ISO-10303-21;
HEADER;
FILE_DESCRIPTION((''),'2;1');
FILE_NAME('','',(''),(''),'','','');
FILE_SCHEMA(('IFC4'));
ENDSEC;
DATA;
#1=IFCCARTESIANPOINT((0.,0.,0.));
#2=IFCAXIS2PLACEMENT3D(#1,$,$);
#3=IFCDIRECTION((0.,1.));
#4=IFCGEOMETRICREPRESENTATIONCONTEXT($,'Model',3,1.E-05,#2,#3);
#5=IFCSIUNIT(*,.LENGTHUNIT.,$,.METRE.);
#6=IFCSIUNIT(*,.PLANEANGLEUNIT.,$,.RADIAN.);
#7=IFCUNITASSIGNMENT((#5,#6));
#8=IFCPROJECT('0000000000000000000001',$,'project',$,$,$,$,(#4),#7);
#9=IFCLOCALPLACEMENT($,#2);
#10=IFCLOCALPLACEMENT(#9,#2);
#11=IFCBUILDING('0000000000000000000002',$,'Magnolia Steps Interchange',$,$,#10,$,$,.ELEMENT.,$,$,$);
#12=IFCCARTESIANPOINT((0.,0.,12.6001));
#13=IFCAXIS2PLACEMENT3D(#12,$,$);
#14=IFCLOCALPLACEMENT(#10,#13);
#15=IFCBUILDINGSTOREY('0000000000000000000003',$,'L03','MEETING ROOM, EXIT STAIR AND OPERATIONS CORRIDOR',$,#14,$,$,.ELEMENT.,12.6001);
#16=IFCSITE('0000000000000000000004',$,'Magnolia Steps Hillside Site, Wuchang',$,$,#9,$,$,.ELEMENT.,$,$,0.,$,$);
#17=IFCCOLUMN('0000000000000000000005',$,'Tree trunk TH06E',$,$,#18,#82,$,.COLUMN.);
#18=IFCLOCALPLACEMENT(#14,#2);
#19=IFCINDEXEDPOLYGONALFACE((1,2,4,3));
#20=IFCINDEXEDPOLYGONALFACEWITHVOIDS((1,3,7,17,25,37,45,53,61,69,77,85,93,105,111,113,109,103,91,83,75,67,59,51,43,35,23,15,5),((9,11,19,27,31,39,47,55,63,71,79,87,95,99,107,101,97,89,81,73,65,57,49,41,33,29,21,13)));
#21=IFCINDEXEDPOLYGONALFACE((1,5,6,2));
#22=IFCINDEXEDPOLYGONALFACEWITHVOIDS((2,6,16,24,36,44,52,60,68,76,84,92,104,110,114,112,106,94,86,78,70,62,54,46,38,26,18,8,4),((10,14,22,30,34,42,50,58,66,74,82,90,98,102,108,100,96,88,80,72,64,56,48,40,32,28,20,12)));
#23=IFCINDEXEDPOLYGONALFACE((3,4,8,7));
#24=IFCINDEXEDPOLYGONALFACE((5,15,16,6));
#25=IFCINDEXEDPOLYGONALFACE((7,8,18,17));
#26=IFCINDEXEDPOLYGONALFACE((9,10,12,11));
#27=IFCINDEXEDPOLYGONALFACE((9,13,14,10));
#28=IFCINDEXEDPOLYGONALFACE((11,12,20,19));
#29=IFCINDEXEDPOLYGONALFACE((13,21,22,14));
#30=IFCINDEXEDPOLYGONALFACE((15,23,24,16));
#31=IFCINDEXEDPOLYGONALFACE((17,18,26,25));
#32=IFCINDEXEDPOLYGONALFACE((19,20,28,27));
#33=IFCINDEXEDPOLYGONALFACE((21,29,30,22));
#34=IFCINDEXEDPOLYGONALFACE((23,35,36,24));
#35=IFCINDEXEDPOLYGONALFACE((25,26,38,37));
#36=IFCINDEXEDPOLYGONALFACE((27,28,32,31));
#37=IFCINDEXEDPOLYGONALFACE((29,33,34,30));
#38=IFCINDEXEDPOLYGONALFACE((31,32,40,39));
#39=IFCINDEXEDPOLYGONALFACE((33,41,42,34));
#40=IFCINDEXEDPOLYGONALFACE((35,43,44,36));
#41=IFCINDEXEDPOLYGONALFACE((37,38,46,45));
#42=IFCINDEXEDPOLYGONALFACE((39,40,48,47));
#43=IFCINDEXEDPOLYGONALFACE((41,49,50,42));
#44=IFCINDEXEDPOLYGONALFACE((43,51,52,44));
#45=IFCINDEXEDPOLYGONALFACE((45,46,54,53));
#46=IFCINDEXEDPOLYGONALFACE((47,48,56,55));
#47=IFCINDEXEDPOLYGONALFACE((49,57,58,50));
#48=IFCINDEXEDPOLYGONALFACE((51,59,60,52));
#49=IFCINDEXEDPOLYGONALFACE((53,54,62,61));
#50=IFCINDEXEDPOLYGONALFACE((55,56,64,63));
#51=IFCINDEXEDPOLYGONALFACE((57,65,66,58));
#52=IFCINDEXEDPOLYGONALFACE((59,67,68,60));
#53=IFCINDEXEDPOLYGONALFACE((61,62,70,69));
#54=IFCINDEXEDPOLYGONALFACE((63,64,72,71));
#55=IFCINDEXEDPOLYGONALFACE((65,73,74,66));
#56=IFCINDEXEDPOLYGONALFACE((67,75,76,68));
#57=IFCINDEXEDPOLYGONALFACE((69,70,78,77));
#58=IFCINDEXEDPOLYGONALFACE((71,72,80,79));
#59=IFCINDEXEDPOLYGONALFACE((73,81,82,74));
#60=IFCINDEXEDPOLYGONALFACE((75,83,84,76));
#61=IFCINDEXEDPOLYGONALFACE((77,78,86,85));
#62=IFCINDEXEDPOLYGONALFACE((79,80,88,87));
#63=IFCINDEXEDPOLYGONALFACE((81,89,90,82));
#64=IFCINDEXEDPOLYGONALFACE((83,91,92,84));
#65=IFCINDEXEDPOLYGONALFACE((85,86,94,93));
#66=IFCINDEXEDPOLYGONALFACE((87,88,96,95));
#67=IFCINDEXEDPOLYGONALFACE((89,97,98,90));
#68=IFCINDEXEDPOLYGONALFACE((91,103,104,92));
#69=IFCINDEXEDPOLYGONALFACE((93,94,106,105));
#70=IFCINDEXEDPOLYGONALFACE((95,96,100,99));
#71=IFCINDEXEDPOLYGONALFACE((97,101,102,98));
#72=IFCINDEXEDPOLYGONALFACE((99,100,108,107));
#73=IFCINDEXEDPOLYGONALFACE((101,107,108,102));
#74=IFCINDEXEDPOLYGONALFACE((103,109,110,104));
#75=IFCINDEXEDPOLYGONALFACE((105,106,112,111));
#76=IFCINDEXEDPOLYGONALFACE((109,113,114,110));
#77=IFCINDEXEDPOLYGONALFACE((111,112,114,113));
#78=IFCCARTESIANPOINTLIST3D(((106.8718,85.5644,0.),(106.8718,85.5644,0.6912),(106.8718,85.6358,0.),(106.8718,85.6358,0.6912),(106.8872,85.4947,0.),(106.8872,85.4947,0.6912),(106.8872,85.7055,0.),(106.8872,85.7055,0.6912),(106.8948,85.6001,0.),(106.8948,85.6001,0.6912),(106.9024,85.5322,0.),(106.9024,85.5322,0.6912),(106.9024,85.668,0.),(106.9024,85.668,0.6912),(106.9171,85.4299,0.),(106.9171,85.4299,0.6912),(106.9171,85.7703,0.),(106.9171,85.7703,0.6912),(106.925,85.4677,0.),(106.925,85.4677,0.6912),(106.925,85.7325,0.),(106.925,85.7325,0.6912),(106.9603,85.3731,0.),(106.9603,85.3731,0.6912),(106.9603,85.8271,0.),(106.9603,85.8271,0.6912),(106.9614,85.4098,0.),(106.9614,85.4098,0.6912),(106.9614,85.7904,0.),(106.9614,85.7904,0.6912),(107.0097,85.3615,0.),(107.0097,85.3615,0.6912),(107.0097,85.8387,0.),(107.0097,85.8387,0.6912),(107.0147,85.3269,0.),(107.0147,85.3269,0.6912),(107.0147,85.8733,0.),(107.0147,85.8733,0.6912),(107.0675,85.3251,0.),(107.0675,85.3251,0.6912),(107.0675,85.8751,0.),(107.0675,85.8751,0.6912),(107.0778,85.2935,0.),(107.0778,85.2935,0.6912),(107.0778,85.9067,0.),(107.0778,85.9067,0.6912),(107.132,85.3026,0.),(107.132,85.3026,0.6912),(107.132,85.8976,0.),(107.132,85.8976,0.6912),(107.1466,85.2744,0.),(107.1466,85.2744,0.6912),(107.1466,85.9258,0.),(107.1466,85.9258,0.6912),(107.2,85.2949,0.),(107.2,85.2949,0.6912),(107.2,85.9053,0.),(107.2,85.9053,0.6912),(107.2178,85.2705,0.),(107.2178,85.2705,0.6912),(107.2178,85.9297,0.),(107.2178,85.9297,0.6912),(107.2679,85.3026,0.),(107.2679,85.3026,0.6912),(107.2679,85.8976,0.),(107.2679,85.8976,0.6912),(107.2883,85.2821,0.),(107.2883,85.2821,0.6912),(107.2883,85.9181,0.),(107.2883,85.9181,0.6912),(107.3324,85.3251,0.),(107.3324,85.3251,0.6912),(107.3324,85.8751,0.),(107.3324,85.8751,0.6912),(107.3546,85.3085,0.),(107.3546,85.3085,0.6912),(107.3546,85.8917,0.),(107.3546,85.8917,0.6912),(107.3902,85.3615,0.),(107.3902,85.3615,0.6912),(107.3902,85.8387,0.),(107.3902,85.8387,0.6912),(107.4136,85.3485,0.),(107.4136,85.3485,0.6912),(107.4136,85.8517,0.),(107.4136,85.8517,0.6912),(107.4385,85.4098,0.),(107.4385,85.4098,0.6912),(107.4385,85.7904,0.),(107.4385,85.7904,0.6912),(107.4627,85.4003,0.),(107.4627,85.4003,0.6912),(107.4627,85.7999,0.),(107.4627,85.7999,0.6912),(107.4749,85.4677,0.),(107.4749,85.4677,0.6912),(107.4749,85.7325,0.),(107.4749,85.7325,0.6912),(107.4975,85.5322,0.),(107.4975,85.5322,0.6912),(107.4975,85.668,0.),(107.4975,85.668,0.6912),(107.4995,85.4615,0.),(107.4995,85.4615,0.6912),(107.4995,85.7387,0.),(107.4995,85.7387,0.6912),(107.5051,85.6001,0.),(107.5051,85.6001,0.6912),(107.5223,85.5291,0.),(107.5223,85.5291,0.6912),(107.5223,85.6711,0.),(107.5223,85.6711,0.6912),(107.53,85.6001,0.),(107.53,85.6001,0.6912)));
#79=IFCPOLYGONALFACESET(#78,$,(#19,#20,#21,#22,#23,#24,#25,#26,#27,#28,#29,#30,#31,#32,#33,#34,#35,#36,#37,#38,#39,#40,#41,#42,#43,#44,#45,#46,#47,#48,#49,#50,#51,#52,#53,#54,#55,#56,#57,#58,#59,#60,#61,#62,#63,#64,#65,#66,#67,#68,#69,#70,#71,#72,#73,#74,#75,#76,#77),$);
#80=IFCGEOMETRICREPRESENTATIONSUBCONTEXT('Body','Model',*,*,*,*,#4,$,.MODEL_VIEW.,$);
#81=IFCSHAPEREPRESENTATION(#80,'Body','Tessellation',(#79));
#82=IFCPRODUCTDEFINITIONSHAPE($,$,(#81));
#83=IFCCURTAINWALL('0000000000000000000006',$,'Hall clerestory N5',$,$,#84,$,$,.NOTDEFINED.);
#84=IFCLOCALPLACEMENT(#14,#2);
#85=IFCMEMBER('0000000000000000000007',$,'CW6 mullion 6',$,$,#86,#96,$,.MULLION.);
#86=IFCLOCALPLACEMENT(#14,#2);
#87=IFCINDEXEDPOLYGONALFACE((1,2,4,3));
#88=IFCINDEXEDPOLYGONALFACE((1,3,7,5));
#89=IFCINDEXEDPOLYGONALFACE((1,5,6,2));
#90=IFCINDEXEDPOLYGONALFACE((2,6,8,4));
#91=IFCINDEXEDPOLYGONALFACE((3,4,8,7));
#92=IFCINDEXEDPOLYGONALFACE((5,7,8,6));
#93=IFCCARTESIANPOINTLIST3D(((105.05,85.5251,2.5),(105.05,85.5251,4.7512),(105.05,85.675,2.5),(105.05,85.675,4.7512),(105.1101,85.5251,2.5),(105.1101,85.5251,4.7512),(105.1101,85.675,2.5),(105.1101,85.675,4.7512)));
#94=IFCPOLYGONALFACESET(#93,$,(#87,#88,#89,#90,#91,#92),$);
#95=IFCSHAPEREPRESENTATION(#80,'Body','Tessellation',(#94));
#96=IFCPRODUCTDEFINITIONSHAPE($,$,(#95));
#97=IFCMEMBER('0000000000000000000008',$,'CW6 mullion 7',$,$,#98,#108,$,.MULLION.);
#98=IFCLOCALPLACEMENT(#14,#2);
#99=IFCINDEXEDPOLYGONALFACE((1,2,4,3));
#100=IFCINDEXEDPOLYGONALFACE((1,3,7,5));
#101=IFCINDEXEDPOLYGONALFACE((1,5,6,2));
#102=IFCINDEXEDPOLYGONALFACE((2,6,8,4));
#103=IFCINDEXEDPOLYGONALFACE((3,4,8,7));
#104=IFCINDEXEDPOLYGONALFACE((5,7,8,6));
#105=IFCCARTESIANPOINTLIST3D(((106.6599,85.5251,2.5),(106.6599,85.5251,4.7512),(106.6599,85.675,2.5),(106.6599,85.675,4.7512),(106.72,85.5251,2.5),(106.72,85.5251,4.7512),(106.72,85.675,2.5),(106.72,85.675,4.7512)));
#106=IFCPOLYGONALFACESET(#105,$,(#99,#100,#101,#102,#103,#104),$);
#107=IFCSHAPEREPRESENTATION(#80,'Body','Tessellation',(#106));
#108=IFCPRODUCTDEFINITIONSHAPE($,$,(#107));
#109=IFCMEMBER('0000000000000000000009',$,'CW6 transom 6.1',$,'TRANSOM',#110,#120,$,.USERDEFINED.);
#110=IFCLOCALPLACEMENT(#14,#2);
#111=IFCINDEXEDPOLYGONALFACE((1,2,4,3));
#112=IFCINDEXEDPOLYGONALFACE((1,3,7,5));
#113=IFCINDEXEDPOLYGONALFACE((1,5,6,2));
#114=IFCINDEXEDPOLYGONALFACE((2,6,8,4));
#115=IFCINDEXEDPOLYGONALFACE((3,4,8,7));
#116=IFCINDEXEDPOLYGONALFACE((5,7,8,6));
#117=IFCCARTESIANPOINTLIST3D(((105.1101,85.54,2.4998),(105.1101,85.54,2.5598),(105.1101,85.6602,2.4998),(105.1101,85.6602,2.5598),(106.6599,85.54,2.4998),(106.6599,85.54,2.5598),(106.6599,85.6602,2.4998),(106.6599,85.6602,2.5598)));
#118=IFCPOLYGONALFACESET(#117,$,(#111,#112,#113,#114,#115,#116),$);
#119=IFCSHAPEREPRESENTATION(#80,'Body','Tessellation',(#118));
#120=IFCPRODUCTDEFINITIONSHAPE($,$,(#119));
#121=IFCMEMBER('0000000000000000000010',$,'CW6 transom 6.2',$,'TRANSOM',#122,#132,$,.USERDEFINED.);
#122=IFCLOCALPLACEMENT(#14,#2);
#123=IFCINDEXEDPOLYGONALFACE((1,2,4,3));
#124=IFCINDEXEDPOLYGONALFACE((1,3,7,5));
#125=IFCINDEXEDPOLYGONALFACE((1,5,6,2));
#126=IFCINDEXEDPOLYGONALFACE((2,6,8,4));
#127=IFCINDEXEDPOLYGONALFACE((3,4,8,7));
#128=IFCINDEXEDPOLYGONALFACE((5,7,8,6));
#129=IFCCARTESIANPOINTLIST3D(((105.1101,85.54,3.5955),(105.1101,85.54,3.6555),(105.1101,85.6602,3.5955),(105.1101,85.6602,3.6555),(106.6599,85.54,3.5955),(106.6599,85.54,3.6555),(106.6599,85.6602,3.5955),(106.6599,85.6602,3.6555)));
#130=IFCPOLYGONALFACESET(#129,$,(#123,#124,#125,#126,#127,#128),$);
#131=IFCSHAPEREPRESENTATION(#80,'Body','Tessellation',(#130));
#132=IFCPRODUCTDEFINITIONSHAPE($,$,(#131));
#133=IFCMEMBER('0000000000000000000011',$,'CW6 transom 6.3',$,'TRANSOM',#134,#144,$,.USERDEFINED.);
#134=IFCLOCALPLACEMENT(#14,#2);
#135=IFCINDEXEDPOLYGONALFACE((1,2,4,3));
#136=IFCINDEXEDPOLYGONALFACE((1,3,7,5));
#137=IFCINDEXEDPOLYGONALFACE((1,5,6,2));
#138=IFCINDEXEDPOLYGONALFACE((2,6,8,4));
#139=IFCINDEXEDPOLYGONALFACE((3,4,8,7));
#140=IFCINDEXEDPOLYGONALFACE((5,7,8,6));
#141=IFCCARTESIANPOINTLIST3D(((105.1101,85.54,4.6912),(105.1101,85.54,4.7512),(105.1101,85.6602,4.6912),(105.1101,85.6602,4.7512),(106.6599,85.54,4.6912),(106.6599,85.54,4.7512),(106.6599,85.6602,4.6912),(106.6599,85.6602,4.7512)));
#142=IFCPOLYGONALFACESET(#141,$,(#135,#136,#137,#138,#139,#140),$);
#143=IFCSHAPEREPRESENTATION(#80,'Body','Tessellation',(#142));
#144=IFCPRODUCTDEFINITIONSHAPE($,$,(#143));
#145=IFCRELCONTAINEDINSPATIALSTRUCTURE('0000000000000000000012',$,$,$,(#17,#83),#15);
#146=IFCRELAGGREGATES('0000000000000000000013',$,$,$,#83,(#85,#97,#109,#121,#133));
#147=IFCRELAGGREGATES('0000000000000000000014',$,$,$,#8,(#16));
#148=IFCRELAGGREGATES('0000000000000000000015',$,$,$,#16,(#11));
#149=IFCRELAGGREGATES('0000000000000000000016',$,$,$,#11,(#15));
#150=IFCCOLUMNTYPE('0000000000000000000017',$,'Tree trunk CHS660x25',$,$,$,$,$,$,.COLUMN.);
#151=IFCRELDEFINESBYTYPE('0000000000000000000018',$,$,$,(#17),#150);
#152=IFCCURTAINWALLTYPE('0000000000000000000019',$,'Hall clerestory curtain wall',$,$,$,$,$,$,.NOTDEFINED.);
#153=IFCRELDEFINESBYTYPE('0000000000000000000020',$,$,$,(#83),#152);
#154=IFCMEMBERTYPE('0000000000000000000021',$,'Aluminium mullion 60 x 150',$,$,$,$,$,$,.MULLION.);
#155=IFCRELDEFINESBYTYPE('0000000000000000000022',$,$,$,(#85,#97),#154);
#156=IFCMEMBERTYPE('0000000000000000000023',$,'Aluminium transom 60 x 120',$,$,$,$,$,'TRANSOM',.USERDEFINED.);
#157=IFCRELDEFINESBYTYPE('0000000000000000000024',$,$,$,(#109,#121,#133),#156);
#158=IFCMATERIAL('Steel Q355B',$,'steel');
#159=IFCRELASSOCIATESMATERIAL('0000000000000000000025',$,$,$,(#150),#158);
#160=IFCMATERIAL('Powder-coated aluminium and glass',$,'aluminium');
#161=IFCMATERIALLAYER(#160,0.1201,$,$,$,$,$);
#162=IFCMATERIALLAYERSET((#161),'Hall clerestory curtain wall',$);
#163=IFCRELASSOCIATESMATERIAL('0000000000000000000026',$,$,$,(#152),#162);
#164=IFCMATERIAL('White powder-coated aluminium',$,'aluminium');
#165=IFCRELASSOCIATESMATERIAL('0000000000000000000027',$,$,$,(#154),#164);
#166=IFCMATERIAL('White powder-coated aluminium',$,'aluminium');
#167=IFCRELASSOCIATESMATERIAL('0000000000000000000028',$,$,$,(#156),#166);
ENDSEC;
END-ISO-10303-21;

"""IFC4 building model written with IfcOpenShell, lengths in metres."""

from ifc_helpers import new_model, si_unit, direction, frame, origin, origin_2d, place, context, subcontext, project, spatial, rectangle, hollow_circle, extrude, material, layer, layer_set, material_profile, profile_set, type_object, element, aggregate, save


model = new_model("IFC4")

# Units and contexts
model_context = context("Model", 3, precision=1e-05, world=origin(), true_north=direction((0.0, 1.0)))
body_context = subcontext(model_context, "Body", "Model", "MODEL_VIEW")
ifc_project = project(units=[si_unit("LENGTHUNIT", "METRE"), si_unit("PLANEANGLEUNIT", "RADIAN")], contexts=[model_context])

# Site, building, storey
site_placement = place(None, origin())
site = spatial("IfcSite", under=ifc_project, at=site_placement, Name="Magnolia Steps Hillside Site, Wuchang", CompositionType="ELEMENT", RefElevation=0.0)
building_placement = place(site_placement, origin())
building = spatial("IfcBuilding", under=site, at=building_placement, Name="Magnolia Steps Interchange", CompositionType="ELEMENT")
storey_placement = place(building_placement, frame((0.0, 0.0, 12.6001)))
storey = spatial("IfcBuildingStorey", under=building, at=storey_placement, Name="L03", Description="MEETING ROOM, EXIT STAIR AND OPERATIONS CORRIDOR", CompositionType="ELEMENT", Elevation=12.6001)

# Column
ifc_material_1 = material(Name="Steel Q355B", Category="steel")
ifc_material_profile_1 = material_profile(ifc_material_1, hollow_circle(Radius=0.3301, WallThickness=0.0249, at=origin_2d()), Name="CHS660x25")
ifc_profile_set_1 = profile_set([ifc_material_profile_1], Name="Steel Q355B")
column_type = type_object("IfcColumnType", Name="Tree trunk CHS660x25", PredefinedType="COLUMN", material=ifc_profile_set_1)
column_placement = place(storey_placement, frame((107.2, 85.6001, 0.0), z_axis=(0.0, 0.0, 1.0), x_axis=(1.0, 0.0, 0.0)))
element("IfcColumn", 1, at=column_placement, inside=storey, type_object=column_type, Name="Tree trunk TH06E", PredefinedType="COLUMN", context=body_context, shape_type="SweptSolid", body=[
    extrude(hollow_circle(Radius=0.3301, WallThickness=0.0249, at=origin_2d()), origin(), (0.0, 0.0, 1.0), 0.6912),
])

# Curtain wall, members
ifc_material_2 = material(Name="Powder-coated aluminium and glass", Category="aluminium")
ifc_layer_1 = layer(ifc_material_2, 0.1201)
ifc_layer_set_1 = layer_set([ifc_layer_1], Name="Hall clerestory curtain wall")
curtain_wall_type = type_object("IfcCurtainWallType", Name="Hall clerestory curtain wall", PredefinedType="NOTDEFINED", material=ifc_layer_set_1)
curtain_wall_placement = place(storey_placement, origin())
curtain_wall = element("IfcCurtainWall", 2, at=curtain_wall_placement, inside=storey, type_object=curtain_wall_type, Name="Hall clerestory N5", PredefinedType="NOTDEFINED")
ifc_material_3 = material(Name="White powder-coated aluminium", Category="aluminium")
ifc_material_profile_2 = material_profile(ifc_material_3, rectangle(XDim=0.0601, YDim=0.1499, at=origin_2d()), Name="Aluminium mullion 60 x 150")
ifc_profile_set_2 = profile_set([ifc_material_profile_2], Name="White powder-coated aluminium")
member_type_1 = type_object("IfcMemberType", Name="Aluminium mullion 60 x 150", PredefinedType="MULLION", material=ifc_profile_set_2)
member_1_placement = place(storey_placement, frame((105.0801, 85.6001, 2.5), z_axis=(0.0, 0.0, 1.0), x_axis=(1.0, 0.0, 0.0)))
member_1 = element("IfcMember", 3, at=member_1_placement, type_object=member_type_1, Name="CW6 mullion 6", PredefinedType="MULLION", context=body_context, shape_type="SweptSolid", body=[
    extrude(rectangle(XDim=0.0601, YDim=0.1499, at=origin_2d()), origin(), (0.0, 0.0, 1.0), 2.2512),
])
member_2_placement = place(storey_placement, frame((106.6899, 85.6001, 2.5), z_axis=(0.0, 0.0, 1.0), x_axis=(1.0, 0.0, 0.0)))
member_2 = element("IfcMember", 4, at=member_2_placement, type_object=member_type_1, Name="CW6 mullion 7", PredefinedType="MULLION", context=body_context, shape_type="SweptSolid", body=[
    extrude(rectangle(XDim=0.0601, YDim=0.1499, at=origin_2d()), origin(), (0.0, 0.0, 1.0), 2.2512),
])
ifc_material_4 = material(Name="White powder-coated aluminium", Category="aluminium")
ifc_material_profile_3 = material_profile(ifc_material_4, rectangle(XDim=0.0601, YDim=0.1201, at=origin_2d()), Name="Aluminium transom 60 x 120")
ifc_profile_set_3 = profile_set([ifc_material_profile_3], Name="White powder-coated aluminium")
member_type_2 = type_object("IfcMemberType", Name="Aluminium transom 60 x 120", ElementType="TRANSOM", PredefinedType="USERDEFINED", material=ifc_profile_set_3)
member_3_placement = place(storey_placement, frame((105.1101, 85.6001, 2.5298), z_axis=(1.0, 0.0, 0.0), x_axis=(0.0, 0.0, 1.0)))
member_3 = element("IfcMember", 5, at=member_3_placement, type_object=member_type_2, Name="CW6 transom 6.1", ObjectType="TRANSOM", PredefinedType="USERDEFINED", context=body_context, shape_type="SweptSolid", body=[
    extrude(rectangle(XDim=0.0601, YDim=0.1201, at=origin_2d()), origin(), (0.0, 0.0, 1.0), 1.5498),
])
member_4_placement = place(storey_placement, frame((105.1101, 85.6001, 3.6255), z_axis=(1.0, 0.0, 0.0), x_axis=(0.0, 0.0, 1.0)))
member_4 = element("IfcMember", 6, at=member_4_placement, type_object=member_type_2, Name="CW6 transom 6.2", ObjectType="TRANSOM", PredefinedType="USERDEFINED", context=body_context, shape_type="SweptSolid", body=[
    extrude(rectangle(XDim=0.0601, YDim=0.1201, at=origin_2d()), origin(), (0.0, 0.0, 1.0), 1.5498),
])
member_5_placement = place(storey_placement, frame((105.1101, 85.6001, 4.7212), z_axis=(1.0, 0.0, 0.0), x_axis=(0.0, 0.0, 1.0)))
member_5 = element("IfcMember", 7, at=member_5_placement, type_object=member_type_2, Name="CW6 transom 6.3", ObjectType="TRANSOM", PredefinedType="USERDEFINED", context=body_context, shape_type="SweptSolid", body=[
    extrude(rectangle(XDim=0.0601, YDim=0.1201, at=origin_2d()), origin(), (0.0, 0.0, 1.0), 1.5498),
])

aggregate(curtain_wall, [member_1, member_2, member_3, member_4, member_5])

save(model, "model.ifc")
